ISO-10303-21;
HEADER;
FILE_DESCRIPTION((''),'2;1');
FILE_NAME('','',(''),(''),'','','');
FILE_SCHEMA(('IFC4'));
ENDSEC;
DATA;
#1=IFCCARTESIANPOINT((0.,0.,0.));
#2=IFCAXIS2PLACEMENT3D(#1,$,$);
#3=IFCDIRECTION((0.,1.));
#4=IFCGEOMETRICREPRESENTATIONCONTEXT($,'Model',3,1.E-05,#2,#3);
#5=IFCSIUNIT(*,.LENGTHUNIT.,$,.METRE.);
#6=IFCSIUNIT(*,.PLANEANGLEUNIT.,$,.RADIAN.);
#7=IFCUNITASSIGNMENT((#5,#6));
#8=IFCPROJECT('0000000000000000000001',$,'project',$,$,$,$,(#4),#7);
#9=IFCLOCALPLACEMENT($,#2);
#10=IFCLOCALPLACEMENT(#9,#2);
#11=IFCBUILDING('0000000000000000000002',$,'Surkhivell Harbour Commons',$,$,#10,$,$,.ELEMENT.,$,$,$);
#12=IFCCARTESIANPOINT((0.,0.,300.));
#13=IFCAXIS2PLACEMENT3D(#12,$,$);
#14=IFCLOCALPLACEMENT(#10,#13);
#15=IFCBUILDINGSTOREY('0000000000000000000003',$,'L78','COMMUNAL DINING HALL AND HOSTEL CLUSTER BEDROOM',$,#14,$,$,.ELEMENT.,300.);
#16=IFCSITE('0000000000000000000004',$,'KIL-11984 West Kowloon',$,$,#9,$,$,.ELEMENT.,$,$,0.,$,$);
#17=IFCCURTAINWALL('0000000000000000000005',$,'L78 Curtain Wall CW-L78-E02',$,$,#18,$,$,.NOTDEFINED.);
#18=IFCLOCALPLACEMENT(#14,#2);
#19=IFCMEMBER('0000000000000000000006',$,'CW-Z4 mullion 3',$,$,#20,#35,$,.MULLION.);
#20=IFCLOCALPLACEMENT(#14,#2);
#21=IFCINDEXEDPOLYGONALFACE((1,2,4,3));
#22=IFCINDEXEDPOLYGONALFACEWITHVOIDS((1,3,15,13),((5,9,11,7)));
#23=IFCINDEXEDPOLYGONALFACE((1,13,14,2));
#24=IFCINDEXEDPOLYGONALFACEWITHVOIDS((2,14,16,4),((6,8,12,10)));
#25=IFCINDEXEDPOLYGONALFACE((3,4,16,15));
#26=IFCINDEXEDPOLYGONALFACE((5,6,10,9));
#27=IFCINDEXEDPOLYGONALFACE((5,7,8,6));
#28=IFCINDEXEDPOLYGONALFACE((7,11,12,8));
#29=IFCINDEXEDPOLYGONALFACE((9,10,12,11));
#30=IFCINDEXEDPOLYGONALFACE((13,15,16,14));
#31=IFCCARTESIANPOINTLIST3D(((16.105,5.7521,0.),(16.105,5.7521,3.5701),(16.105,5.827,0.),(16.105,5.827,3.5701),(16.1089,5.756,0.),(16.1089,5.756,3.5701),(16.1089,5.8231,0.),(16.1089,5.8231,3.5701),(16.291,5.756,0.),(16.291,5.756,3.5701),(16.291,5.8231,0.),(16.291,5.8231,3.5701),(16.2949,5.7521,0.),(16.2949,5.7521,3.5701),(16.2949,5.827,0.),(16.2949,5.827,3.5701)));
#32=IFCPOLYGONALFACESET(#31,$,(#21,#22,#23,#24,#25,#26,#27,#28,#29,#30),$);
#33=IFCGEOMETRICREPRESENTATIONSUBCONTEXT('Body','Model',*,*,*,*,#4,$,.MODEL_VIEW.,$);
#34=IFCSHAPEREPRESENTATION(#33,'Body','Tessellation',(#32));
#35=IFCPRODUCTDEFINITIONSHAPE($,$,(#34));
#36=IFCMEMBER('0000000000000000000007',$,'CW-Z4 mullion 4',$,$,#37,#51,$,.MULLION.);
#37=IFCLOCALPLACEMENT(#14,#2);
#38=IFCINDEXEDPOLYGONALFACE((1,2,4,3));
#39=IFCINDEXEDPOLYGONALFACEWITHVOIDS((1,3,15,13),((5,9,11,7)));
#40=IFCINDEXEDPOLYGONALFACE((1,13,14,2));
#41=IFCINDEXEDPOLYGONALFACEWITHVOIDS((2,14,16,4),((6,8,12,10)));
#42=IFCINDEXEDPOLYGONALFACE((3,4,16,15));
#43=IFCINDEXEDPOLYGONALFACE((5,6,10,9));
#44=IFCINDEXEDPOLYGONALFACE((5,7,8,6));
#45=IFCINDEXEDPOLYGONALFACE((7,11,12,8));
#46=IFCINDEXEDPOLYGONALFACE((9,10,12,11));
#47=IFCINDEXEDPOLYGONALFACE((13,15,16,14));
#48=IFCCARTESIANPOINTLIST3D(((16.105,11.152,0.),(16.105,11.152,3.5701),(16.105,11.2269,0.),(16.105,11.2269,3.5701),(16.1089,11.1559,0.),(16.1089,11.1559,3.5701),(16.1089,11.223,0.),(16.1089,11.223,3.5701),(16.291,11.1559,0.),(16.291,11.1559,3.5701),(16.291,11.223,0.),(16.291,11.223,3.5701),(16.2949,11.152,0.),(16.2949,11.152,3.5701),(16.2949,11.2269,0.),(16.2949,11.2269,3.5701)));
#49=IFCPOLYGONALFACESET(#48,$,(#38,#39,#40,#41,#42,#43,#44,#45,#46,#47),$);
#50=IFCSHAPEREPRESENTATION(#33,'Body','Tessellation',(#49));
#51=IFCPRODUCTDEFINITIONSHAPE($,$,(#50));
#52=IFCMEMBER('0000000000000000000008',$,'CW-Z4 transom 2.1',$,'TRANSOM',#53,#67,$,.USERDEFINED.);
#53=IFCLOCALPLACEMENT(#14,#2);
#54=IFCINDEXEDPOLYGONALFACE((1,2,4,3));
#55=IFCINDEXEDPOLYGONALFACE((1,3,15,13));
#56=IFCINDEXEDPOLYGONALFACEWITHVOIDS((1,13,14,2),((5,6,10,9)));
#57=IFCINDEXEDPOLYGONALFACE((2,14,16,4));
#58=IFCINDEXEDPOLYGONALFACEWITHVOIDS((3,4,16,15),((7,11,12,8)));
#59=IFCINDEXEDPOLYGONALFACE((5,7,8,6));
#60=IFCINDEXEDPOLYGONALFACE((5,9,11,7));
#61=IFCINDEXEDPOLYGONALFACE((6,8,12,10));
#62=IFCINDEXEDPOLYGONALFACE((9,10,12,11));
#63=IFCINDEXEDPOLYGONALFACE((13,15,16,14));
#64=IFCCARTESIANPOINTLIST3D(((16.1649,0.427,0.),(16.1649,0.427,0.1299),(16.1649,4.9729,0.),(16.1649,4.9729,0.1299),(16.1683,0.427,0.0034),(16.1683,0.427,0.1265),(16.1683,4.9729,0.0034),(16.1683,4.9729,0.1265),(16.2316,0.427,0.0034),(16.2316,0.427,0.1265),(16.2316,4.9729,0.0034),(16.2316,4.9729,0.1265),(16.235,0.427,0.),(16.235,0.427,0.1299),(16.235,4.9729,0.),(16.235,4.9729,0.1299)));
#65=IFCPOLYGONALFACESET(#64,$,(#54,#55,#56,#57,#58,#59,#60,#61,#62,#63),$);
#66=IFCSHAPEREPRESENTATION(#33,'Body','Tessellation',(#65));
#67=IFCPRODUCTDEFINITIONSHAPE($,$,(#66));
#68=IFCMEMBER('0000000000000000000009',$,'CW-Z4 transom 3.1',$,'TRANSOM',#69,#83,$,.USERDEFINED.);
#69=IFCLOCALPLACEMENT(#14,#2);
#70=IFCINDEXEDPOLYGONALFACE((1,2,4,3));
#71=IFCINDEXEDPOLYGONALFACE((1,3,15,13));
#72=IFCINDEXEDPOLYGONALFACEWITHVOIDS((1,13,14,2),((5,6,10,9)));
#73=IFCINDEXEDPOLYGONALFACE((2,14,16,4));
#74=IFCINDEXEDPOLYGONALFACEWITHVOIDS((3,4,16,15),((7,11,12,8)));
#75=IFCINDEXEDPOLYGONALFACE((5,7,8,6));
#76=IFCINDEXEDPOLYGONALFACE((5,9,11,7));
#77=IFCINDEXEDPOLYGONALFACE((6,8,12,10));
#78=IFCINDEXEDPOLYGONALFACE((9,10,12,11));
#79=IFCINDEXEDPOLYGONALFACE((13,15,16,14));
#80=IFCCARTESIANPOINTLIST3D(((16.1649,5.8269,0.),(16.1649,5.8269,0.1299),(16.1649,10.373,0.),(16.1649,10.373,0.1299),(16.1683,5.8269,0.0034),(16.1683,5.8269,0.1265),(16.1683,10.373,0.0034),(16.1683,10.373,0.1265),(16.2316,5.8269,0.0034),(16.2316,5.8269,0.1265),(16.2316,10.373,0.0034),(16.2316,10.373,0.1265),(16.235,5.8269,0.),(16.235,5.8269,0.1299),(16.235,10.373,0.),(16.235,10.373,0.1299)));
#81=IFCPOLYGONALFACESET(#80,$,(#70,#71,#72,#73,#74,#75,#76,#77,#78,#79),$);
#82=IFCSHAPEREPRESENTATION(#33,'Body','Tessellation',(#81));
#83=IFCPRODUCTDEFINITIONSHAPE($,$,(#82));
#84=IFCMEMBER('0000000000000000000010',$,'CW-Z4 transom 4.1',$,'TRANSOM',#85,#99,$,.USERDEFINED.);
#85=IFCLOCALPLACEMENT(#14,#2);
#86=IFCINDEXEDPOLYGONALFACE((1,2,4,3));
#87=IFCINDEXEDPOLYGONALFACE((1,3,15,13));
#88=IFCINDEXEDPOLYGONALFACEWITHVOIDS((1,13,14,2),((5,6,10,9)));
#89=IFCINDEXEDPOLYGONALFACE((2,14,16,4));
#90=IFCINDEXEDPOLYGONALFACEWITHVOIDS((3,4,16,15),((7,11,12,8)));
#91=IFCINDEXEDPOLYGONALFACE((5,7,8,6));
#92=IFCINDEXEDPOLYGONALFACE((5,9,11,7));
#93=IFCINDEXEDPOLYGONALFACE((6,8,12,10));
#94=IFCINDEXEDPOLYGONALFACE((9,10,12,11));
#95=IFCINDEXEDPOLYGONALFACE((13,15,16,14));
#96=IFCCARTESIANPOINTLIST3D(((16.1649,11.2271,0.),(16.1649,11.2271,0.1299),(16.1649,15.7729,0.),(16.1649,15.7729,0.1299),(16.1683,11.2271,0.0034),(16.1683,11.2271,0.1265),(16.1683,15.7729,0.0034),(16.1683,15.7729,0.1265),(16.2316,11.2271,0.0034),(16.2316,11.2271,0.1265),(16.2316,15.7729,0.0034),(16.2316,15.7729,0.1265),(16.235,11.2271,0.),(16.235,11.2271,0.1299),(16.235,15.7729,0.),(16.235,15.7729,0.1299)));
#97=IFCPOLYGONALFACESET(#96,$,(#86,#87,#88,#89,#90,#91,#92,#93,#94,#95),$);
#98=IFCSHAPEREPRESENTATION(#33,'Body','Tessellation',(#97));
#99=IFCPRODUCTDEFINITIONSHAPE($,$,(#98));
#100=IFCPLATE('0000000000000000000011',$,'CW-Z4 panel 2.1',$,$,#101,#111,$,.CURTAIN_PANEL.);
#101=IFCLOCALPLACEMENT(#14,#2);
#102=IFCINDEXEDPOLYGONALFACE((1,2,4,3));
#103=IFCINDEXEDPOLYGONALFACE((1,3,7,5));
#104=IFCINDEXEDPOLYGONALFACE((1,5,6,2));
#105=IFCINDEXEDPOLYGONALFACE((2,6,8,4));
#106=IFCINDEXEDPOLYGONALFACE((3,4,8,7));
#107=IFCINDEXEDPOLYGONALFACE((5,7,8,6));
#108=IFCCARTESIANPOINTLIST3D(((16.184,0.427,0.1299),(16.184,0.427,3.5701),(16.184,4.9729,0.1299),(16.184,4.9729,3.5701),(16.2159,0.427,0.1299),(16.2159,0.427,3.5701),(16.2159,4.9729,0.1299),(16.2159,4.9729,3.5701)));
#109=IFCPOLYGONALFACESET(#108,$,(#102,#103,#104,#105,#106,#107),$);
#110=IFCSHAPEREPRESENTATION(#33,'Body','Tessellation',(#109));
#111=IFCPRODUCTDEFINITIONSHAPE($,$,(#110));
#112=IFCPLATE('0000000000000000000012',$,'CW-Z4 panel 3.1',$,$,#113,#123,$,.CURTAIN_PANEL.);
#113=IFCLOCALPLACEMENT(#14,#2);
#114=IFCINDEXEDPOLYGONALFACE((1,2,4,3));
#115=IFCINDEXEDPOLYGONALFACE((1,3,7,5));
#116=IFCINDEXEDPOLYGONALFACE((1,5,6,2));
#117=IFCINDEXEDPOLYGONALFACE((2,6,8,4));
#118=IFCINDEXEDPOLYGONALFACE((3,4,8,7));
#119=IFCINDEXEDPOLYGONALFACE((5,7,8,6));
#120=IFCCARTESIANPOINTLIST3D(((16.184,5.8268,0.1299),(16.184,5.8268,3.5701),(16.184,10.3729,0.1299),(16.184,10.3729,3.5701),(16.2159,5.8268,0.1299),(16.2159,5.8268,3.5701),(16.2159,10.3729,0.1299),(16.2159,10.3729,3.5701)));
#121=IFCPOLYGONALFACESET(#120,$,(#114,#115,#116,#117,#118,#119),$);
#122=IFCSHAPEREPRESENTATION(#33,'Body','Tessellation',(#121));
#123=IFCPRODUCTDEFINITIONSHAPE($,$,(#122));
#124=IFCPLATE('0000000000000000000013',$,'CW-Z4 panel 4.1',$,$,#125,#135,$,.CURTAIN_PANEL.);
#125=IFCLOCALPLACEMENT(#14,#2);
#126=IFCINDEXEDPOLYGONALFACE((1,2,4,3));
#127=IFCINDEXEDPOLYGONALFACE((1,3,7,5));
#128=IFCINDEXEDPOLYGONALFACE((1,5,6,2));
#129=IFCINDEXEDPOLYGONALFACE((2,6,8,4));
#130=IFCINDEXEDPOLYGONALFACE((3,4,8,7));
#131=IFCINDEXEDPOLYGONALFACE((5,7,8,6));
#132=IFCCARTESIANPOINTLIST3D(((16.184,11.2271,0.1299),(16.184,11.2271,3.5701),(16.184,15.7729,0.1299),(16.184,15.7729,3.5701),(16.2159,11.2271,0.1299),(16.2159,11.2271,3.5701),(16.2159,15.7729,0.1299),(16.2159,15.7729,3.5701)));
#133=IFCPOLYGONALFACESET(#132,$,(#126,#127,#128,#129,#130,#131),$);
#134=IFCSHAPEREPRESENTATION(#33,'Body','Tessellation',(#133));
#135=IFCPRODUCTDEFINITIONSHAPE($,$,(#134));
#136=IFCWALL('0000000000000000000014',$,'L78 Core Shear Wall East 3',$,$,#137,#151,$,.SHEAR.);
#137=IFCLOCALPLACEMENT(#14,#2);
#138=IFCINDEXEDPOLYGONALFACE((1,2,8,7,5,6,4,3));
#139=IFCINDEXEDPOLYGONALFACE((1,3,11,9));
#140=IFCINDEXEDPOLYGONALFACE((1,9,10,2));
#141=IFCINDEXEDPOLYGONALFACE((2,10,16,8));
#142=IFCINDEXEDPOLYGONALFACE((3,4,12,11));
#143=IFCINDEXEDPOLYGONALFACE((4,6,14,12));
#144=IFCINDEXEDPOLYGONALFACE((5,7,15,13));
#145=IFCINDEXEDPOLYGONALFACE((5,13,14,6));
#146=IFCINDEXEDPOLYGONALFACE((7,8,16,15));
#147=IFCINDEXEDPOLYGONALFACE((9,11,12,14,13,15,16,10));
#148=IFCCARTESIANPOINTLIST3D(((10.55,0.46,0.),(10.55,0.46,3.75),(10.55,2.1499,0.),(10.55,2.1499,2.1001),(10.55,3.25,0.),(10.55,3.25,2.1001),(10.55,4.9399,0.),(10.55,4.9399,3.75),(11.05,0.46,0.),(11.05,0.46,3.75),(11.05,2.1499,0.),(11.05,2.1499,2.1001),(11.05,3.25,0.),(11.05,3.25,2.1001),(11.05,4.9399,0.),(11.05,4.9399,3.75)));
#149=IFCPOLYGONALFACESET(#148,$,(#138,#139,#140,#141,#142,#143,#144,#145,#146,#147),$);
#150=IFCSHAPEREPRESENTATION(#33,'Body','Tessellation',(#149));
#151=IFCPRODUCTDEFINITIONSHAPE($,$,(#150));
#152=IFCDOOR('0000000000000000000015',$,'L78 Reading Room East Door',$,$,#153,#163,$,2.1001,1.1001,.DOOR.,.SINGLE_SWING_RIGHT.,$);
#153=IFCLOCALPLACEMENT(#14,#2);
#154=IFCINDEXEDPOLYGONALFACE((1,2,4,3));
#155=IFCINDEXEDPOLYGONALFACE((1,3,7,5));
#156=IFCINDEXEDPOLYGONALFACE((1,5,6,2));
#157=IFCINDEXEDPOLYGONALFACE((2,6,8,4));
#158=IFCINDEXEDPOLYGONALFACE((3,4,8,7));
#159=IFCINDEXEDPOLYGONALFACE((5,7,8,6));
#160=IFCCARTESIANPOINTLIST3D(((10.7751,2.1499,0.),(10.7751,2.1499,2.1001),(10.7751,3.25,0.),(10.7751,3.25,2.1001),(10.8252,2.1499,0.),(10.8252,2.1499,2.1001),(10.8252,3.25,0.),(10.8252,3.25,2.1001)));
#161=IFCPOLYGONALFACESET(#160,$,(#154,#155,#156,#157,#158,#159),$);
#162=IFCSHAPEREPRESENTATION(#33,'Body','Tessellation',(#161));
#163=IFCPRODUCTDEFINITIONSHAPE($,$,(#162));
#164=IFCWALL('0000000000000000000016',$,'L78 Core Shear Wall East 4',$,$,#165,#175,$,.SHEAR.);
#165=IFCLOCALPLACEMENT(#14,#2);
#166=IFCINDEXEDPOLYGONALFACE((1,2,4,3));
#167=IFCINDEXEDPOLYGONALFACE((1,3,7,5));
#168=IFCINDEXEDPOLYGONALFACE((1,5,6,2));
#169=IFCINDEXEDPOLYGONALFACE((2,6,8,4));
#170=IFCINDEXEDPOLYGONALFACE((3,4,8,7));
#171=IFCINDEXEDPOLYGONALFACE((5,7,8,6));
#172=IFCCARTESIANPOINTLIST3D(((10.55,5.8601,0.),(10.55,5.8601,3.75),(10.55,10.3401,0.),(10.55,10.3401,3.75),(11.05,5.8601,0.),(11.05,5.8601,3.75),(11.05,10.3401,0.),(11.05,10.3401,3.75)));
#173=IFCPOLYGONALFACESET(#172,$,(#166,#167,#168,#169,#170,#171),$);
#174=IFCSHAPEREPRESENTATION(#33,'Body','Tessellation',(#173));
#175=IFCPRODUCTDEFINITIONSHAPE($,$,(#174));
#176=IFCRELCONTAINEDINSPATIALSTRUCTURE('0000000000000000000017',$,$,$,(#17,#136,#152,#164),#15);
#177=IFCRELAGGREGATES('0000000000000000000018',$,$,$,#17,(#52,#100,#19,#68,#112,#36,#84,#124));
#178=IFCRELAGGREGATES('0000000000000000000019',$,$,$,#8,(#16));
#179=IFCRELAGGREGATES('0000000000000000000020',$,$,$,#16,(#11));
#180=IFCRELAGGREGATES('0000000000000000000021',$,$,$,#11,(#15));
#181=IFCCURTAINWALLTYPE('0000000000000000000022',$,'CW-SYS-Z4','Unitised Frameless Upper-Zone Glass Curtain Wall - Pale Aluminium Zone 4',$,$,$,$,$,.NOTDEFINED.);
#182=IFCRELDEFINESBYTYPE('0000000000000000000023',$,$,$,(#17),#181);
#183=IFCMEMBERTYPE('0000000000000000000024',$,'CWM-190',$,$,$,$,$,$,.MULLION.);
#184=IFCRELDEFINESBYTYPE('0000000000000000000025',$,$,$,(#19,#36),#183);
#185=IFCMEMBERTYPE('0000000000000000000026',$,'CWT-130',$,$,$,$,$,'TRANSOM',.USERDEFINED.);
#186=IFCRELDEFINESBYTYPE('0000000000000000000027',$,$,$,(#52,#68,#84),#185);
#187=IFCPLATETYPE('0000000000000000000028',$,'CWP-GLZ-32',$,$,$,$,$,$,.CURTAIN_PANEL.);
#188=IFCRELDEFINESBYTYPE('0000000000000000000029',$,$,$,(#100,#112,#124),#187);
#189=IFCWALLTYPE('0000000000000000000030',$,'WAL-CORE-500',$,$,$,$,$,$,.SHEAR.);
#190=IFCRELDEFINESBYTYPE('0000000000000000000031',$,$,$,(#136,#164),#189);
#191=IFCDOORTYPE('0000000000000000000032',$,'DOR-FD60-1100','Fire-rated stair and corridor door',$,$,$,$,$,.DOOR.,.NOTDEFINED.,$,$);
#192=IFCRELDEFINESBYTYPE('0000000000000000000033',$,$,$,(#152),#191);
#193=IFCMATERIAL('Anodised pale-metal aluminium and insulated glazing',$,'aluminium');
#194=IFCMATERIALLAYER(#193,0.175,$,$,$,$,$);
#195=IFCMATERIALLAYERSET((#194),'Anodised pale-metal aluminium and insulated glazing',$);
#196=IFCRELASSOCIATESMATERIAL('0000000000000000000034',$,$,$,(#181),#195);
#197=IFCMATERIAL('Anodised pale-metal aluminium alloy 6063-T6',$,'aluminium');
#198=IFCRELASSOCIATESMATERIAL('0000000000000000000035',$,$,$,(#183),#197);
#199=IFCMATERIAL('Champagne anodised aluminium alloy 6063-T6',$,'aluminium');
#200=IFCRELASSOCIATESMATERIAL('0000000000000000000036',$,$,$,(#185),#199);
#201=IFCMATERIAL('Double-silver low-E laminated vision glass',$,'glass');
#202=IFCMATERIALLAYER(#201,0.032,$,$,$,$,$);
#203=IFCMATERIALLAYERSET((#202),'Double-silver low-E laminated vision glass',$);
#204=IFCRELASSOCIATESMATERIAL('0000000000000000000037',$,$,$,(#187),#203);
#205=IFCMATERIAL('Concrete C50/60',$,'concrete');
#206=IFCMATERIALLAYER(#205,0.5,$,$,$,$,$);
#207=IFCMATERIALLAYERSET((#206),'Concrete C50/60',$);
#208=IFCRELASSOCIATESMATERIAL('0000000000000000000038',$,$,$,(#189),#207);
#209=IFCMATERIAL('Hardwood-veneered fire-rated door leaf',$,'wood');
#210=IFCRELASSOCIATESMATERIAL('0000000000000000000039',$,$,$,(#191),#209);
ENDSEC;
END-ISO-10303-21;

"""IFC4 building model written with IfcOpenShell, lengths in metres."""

from ifc_helpers import new_model, si_unit, direction, frame, frame_2d, origin, origin_2d, place, context, subcontext, project, spatial, rectangle, hollow_rectangle, extrude, material, layer, layer_set, material_profile, profile_set, type_object, element, fill, aggregate, save


model = new_model("IFC4")

# Units and contexts
model_context = context("Model", 3, precision=1e-05, world=origin(), true_north=direction((0.0, 1.0)))
body_context = subcontext(model_context, "Body", "Model", "MODEL_VIEW")
ifc_project = project(units=[si_unit("LENGTHUNIT", "METRE"), si_unit("PLANEANGLEUNIT", "RADIAN")], contexts=[model_context])

# Site, building, storey
site_placement = place(None, origin())
site = spatial("IfcSite", under=ifc_project, at=site_placement, Name="KIL-11984 West Kowloon", CompositionType="ELEMENT", RefElevation=0.0)
building_placement = place(site_placement, origin())
building = spatial("IfcBuilding", under=site, at=building_placement, Name="Surkhivell Harbour Commons", CompositionType="ELEMENT")
storey_placement = place(building_placement, frame((0.0, 0.0, 300.0)))
storey = spatial("IfcBuildingStorey", under=building, at=storey_placement, Name="L78", Description="COMMUNAL DINING HALL AND HOSTEL CLUSTER BEDROOM", CompositionType="ELEMENT", Elevation=300.0)

# Shared definitions
ifc_material_1 = material(Name="Concrete C50/60", Category="concrete")

# Curtain wall, members, plates
ifc_material_2 = material(Name="Anodised pale-metal aluminium and insulated glazing", Category="aluminium")
ifc_layer_1 = layer(ifc_material_2, 0.175)
ifc_layer_set_1 = layer_set([ifc_layer_1], Name="Anodised pale-metal aluminium and insulated glazing")
curtain_wall_type = type_object("IfcCurtainWallType", Name="CW-SYS-Z4", Description="Unitised Frameless Upper-Zone Glass Curtain Wall - Pale Aluminium Zone 4", PredefinedType="NOTDEFINED", material=ifc_layer_set_1)
curtain_wall_placement = place(storey_placement, origin())
curtain_wall = element("IfcCurtainWall", 1, at=curtain_wall_placement, inside=storey, type_object=curtain_wall_type, Name="L78 Curtain Wall CW-L78-E02", PredefinedType="NOTDEFINED")
ifc_material_3 = material(Name="Anodised pale-metal aluminium alloy 6063-T6", Category="aluminium")
ifc_material_profile_1 = material_profile(ifc_material_3, hollow_rectangle(XDim=0.075, YDim=0.1899, WallThickness=0.0039, at=origin_2d()), Name="ALU-MULL-75x190")
ifc_profile_set_1 = profile_set([ifc_material_profile_1], Name="Anodised pale-metal aluminium alloy 6063-T6")
member_type_1 = type_object("IfcMemberType", Name="CWM-190", PredefinedType="MULLION", material=ifc_profile_set_1)
member_1_placement = place(storey_placement, frame((16.2, 5.7896, 0.0), z_axis=(0.0, 0.0, 1.0), x_axis=(0.0, 1.0, 0.0)))
member_1 = element("IfcMember", 2, at=member_1_placement, type_object=member_type_1, Name="CW-Z4 mullion 3", PredefinedType="MULLION", context=body_context, shape_type="SweptSolid", body=[
    extrude(hollow_rectangle(XDim=0.075, YDim=0.1899, WallThickness=0.0039, at=origin_2d()), origin(), (0.0, 0.0, 1.0), 3.5701),
])
member_2_placement = place(storey_placement, frame((16.2, 11.1895, 0.0), z_axis=(0.0, 0.0, 1.0), x_axis=(0.0, 1.0, 0.0)))
member_2 = element("IfcMember", 3, at=member_2_placement, type_object=member_type_1, Name="CW-Z4 mullion 4", PredefinedType="MULLION", context=body_context, shape_type="SweptSolid", body=[
    extrude(hollow_rectangle(XDim=0.075, YDim=0.1899, WallThickness=0.0039, at=origin_2d()), origin(), (0.0, 0.0, 1.0), 3.5701),
])
ifc_material_4 = material(Name="Champagne anodised aluminium alloy 6063-T6", Category="aluminium")
ifc_material_profile_2 = material_profile(ifc_material_4, hollow_rectangle(XDim=0.0701, YDim=0.1299, WallThickness=0.0034, at=origin_2d()), Name="ALU-TRAN-70x130")
ifc_profile_set_2 = profile_set([ifc_material_profile_2], Name="Champagne anodised aluminium alloy 6063-T6")
member_type_2 = type_object("IfcMemberType", Name="CWT-130", ElementType="TRANSOM", PredefinedType="USERDEFINED", material=ifc_profile_set_2)
member_3_placement = place(storey_placement, frame((16.2, 0.427, 0.0649), z_axis=(0.0, 1.0, 0.0), x_axis=(-1.0, 0.0, 0.0)))
member_3 = element("IfcMember", 4, at=member_3_placement, type_object=member_type_2, Name="CW-Z4 transom 2.1", ObjectType="TRANSOM", PredefinedType="USERDEFINED", context=body_context, shape_type="SweptSolid", body=[
    extrude(hollow_rectangle(XDim=0.0701, YDim=0.1299, WallThickness=0.0034, at=origin_2d()), origin(), (0.0, 0.0, 1.0), 4.5459),
])
member_4_placement = place(storey_placement, frame((16.2, 5.8269, 0.0649), z_axis=(0.0, 1.0, 0.0), x_axis=(-1.0, 0.0, 0.0)))
member_4 = element("IfcMember", 5, at=member_4_placement, type_object=member_type_2, Name="CW-Z4 transom 3.1", ObjectType="TRANSOM", PredefinedType="USERDEFINED", context=body_context, shape_type="SweptSolid", body=[
    extrude(hollow_rectangle(XDim=0.0701, YDim=0.1299, WallThickness=0.0034, at=origin_2d()), origin(), (0.0, 0.0, 1.0), 4.5461),
])
member_5_placement = place(storey_placement, frame((16.2, 11.2271, 0.0649), z_axis=(0.0, 1.0, 0.0), x_axis=(-1.0, 0.0, 0.0)))
member_5 = element("IfcMember", 6, at=member_5_placement, type_object=member_type_2, Name="CW-Z4 transom 4.1", ObjectType="TRANSOM", PredefinedType="USERDEFINED", context=body_context, shape_type="SweptSolid", body=[
    extrude(hollow_rectangle(XDim=0.0701, YDim=0.1299, WallThickness=0.0034, at=origin_2d()), origin(), (0.0, 0.0, 1.0), 4.5459),
])
ifc_material_5 = material(Name="Double-silver low-E laminated vision glass", Category="glass")
ifc_layer_2 = layer(ifc_material_5, 0.032)
ifc_layer_set_2 = layer_set([ifc_layer_2], Name="Double-silver low-E laminated vision glass")
plate_type = type_object("IfcPlateType", Name="CWP-GLZ-32", PredefinedType="CURTAIN_PANEL", material=ifc_layer_set_2)
plate_1_placement = place(storey_placement, frame((16.2, 0.427, 0.1299), z_axis=(0.0, 0.0, 1.0), x_axis=(0.0, 1.0, 0.0)))
plate_1 = element("IfcPlate", 7, at=plate_1_placement, type_object=plate_type, Name="CW-Z4 panel 2.1", PredefinedType="CURTAIN_PANEL", context=body_context, shape_type="SweptSolid", body=[
    extrude(rectangle(XDim=4.5459, YDim=0.032, at=frame_2d((2.2729, 0.0))), origin(), (0.0, 0.0, 1.0), 3.4402),
])
plate_2_placement = place(storey_placement, frame((16.2, 5.8269, 0.1299), z_axis=(0.0, 0.0, 1.0), x_axis=(0.0, 1.0, 0.0)))
plate_2 = element("IfcPlate", 8, at=plate_2_placement, type_object=plate_type, Name="CW-Z4 panel 3.1", PredefinedType="CURTAIN_PANEL", context=body_context, shape_type="SweptSolid", body=[
    extrude(rectangle(XDim=4.5461, YDim=0.032, at=frame_2d((2.2729, 0.0))), origin(), (0.0, 0.0, 1.0), 3.4402),
])
plate_3_placement = place(storey_placement, frame((16.2, 11.2271, 0.1299), z_axis=(0.0, 0.0, 1.0), x_axis=(0.0, 1.0, 0.0)))
plate_3 = element("IfcPlate", 9, at=plate_3_placement, type_object=plate_type, Name="CW-Z4 panel 4.1", PredefinedType="CURTAIN_PANEL", context=body_context, shape_type="SweptSolid", body=[
    extrude(rectangle(XDim=4.5459, YDim=0.032, at=frame_2d((2.2729, 0.0))), origin(), (0.0, 0.0, 1.0), 3.4402),
])
aggregate(curtain_wall, [member_3, plate_1, member_1, member_4, plate_2, member_2, member_5, plate_3])

# Wall, opening, door
ifc_layer_3 = layer(ifc_material_1, 0.5)
ifc_layer_set_3 = layer_set([ifc_layer_3], Name="Concrete C50/60")
wall_type_1 = type_object("IfcWallType", Name="WAL-CORE-500", PredefinedType="SHEAR", material=ifc_layer_set_3)
wall_1_placement = place(storey_placement, frame((10.8, 0.46, 0.0), z_axis=(0.0, 0.0, 1.0), x_axis=(0.0, 1.0, 0.0)))
wall_1 = element("IfcWall", 10, at=wall_1_placement, inside=storey, type_object=wall_type_1, Name="L78 Core Shear Wall East 3", PredefinedType="SHEAR", context=body_context, shape_type="SweptSolid", body=[
    extrude(rectangle(XDim=4.48, YDim=0.5, at=frame_2d((2.24, 0.0))), origin(), (0.0, 0.0, 1.0), 3.75),
])
opening_placement = place(wall_1_placement, frame((1.6899, 0.0, 0.0)))
opening = element("IfcOpeningElement", 11, at=opening_placement, cuts=wall_1, PredefinedType="OPENING", context=body_context, shape_type="SweptSolid", body=[
    extrude(rectangle(XDim=1.1001, YDim=2.1001, at=frame_2d((0.55, 1.05))), frame((0.0, 0.26, 0.0), z_axis=(0.0, -1.0, 0.0), x_axis=(1.0, 0.0, 0.0)), (0.0, 0.0, 1.0), 0.52),
])
ifc_material_6 = material(Name="Hardwood-veneered fire-rated door leaf", Category="wood")
door_type = type_object("IfcDoorType", Name="DOR-FD60-1100", Description="Fire-rated stair and corridor door", OperationType="NOTDEFINED", PredefinedType="DOOR", material=ifc_material_6)
door_placement = place(opening_placement, origin())
door = element("IfcDoor", 12, at=door_placement, inside=storey, type_object=door_type, Name="L78 Reading Room East Door", OperationType="SINGLE_SWING_RIGHT", OverallHeight=2.1001, OverallWidth=1.1001, PredefinedType="DOOR", context=body_context, shape_type="SweptSolid", body=[
    extrude(rectangle(XDim=1.1001, YDim=2.1001, at=frame_2d((0.55, 1.05))), frame((0.0, 0.0249, 0.0), z_axis=(0.0, -1.0, 0.0), x_axis=(1.0, 0.0, 0.0)), (0.0, 0.0, 1.0), 0.05),
])
fill(opening, door)

# Wall
wall_2_placement = place(storey_placement, frame((10.8, 5.8601, 0.0), z_axis=(0.0, 0.0, 1.0), x_axis=(0.0, 1.0, 0.0)))
element("IfcWall", 13, at=wall_2_placement, inside=storey, type_object=wall_type_1, Name="L78 Core Shear Wall East 4", PredefinedType="SHEAR", context=body_context, shape_type="SweptSolid", body=[
    extrude(rectangle(XDim=4.48, YDim=0.5, at=frame_2d((2.24, 0.0))), origin(), (0.0, 0.0, 1.0), 3.75),
])

save(model, "model.ifc")
